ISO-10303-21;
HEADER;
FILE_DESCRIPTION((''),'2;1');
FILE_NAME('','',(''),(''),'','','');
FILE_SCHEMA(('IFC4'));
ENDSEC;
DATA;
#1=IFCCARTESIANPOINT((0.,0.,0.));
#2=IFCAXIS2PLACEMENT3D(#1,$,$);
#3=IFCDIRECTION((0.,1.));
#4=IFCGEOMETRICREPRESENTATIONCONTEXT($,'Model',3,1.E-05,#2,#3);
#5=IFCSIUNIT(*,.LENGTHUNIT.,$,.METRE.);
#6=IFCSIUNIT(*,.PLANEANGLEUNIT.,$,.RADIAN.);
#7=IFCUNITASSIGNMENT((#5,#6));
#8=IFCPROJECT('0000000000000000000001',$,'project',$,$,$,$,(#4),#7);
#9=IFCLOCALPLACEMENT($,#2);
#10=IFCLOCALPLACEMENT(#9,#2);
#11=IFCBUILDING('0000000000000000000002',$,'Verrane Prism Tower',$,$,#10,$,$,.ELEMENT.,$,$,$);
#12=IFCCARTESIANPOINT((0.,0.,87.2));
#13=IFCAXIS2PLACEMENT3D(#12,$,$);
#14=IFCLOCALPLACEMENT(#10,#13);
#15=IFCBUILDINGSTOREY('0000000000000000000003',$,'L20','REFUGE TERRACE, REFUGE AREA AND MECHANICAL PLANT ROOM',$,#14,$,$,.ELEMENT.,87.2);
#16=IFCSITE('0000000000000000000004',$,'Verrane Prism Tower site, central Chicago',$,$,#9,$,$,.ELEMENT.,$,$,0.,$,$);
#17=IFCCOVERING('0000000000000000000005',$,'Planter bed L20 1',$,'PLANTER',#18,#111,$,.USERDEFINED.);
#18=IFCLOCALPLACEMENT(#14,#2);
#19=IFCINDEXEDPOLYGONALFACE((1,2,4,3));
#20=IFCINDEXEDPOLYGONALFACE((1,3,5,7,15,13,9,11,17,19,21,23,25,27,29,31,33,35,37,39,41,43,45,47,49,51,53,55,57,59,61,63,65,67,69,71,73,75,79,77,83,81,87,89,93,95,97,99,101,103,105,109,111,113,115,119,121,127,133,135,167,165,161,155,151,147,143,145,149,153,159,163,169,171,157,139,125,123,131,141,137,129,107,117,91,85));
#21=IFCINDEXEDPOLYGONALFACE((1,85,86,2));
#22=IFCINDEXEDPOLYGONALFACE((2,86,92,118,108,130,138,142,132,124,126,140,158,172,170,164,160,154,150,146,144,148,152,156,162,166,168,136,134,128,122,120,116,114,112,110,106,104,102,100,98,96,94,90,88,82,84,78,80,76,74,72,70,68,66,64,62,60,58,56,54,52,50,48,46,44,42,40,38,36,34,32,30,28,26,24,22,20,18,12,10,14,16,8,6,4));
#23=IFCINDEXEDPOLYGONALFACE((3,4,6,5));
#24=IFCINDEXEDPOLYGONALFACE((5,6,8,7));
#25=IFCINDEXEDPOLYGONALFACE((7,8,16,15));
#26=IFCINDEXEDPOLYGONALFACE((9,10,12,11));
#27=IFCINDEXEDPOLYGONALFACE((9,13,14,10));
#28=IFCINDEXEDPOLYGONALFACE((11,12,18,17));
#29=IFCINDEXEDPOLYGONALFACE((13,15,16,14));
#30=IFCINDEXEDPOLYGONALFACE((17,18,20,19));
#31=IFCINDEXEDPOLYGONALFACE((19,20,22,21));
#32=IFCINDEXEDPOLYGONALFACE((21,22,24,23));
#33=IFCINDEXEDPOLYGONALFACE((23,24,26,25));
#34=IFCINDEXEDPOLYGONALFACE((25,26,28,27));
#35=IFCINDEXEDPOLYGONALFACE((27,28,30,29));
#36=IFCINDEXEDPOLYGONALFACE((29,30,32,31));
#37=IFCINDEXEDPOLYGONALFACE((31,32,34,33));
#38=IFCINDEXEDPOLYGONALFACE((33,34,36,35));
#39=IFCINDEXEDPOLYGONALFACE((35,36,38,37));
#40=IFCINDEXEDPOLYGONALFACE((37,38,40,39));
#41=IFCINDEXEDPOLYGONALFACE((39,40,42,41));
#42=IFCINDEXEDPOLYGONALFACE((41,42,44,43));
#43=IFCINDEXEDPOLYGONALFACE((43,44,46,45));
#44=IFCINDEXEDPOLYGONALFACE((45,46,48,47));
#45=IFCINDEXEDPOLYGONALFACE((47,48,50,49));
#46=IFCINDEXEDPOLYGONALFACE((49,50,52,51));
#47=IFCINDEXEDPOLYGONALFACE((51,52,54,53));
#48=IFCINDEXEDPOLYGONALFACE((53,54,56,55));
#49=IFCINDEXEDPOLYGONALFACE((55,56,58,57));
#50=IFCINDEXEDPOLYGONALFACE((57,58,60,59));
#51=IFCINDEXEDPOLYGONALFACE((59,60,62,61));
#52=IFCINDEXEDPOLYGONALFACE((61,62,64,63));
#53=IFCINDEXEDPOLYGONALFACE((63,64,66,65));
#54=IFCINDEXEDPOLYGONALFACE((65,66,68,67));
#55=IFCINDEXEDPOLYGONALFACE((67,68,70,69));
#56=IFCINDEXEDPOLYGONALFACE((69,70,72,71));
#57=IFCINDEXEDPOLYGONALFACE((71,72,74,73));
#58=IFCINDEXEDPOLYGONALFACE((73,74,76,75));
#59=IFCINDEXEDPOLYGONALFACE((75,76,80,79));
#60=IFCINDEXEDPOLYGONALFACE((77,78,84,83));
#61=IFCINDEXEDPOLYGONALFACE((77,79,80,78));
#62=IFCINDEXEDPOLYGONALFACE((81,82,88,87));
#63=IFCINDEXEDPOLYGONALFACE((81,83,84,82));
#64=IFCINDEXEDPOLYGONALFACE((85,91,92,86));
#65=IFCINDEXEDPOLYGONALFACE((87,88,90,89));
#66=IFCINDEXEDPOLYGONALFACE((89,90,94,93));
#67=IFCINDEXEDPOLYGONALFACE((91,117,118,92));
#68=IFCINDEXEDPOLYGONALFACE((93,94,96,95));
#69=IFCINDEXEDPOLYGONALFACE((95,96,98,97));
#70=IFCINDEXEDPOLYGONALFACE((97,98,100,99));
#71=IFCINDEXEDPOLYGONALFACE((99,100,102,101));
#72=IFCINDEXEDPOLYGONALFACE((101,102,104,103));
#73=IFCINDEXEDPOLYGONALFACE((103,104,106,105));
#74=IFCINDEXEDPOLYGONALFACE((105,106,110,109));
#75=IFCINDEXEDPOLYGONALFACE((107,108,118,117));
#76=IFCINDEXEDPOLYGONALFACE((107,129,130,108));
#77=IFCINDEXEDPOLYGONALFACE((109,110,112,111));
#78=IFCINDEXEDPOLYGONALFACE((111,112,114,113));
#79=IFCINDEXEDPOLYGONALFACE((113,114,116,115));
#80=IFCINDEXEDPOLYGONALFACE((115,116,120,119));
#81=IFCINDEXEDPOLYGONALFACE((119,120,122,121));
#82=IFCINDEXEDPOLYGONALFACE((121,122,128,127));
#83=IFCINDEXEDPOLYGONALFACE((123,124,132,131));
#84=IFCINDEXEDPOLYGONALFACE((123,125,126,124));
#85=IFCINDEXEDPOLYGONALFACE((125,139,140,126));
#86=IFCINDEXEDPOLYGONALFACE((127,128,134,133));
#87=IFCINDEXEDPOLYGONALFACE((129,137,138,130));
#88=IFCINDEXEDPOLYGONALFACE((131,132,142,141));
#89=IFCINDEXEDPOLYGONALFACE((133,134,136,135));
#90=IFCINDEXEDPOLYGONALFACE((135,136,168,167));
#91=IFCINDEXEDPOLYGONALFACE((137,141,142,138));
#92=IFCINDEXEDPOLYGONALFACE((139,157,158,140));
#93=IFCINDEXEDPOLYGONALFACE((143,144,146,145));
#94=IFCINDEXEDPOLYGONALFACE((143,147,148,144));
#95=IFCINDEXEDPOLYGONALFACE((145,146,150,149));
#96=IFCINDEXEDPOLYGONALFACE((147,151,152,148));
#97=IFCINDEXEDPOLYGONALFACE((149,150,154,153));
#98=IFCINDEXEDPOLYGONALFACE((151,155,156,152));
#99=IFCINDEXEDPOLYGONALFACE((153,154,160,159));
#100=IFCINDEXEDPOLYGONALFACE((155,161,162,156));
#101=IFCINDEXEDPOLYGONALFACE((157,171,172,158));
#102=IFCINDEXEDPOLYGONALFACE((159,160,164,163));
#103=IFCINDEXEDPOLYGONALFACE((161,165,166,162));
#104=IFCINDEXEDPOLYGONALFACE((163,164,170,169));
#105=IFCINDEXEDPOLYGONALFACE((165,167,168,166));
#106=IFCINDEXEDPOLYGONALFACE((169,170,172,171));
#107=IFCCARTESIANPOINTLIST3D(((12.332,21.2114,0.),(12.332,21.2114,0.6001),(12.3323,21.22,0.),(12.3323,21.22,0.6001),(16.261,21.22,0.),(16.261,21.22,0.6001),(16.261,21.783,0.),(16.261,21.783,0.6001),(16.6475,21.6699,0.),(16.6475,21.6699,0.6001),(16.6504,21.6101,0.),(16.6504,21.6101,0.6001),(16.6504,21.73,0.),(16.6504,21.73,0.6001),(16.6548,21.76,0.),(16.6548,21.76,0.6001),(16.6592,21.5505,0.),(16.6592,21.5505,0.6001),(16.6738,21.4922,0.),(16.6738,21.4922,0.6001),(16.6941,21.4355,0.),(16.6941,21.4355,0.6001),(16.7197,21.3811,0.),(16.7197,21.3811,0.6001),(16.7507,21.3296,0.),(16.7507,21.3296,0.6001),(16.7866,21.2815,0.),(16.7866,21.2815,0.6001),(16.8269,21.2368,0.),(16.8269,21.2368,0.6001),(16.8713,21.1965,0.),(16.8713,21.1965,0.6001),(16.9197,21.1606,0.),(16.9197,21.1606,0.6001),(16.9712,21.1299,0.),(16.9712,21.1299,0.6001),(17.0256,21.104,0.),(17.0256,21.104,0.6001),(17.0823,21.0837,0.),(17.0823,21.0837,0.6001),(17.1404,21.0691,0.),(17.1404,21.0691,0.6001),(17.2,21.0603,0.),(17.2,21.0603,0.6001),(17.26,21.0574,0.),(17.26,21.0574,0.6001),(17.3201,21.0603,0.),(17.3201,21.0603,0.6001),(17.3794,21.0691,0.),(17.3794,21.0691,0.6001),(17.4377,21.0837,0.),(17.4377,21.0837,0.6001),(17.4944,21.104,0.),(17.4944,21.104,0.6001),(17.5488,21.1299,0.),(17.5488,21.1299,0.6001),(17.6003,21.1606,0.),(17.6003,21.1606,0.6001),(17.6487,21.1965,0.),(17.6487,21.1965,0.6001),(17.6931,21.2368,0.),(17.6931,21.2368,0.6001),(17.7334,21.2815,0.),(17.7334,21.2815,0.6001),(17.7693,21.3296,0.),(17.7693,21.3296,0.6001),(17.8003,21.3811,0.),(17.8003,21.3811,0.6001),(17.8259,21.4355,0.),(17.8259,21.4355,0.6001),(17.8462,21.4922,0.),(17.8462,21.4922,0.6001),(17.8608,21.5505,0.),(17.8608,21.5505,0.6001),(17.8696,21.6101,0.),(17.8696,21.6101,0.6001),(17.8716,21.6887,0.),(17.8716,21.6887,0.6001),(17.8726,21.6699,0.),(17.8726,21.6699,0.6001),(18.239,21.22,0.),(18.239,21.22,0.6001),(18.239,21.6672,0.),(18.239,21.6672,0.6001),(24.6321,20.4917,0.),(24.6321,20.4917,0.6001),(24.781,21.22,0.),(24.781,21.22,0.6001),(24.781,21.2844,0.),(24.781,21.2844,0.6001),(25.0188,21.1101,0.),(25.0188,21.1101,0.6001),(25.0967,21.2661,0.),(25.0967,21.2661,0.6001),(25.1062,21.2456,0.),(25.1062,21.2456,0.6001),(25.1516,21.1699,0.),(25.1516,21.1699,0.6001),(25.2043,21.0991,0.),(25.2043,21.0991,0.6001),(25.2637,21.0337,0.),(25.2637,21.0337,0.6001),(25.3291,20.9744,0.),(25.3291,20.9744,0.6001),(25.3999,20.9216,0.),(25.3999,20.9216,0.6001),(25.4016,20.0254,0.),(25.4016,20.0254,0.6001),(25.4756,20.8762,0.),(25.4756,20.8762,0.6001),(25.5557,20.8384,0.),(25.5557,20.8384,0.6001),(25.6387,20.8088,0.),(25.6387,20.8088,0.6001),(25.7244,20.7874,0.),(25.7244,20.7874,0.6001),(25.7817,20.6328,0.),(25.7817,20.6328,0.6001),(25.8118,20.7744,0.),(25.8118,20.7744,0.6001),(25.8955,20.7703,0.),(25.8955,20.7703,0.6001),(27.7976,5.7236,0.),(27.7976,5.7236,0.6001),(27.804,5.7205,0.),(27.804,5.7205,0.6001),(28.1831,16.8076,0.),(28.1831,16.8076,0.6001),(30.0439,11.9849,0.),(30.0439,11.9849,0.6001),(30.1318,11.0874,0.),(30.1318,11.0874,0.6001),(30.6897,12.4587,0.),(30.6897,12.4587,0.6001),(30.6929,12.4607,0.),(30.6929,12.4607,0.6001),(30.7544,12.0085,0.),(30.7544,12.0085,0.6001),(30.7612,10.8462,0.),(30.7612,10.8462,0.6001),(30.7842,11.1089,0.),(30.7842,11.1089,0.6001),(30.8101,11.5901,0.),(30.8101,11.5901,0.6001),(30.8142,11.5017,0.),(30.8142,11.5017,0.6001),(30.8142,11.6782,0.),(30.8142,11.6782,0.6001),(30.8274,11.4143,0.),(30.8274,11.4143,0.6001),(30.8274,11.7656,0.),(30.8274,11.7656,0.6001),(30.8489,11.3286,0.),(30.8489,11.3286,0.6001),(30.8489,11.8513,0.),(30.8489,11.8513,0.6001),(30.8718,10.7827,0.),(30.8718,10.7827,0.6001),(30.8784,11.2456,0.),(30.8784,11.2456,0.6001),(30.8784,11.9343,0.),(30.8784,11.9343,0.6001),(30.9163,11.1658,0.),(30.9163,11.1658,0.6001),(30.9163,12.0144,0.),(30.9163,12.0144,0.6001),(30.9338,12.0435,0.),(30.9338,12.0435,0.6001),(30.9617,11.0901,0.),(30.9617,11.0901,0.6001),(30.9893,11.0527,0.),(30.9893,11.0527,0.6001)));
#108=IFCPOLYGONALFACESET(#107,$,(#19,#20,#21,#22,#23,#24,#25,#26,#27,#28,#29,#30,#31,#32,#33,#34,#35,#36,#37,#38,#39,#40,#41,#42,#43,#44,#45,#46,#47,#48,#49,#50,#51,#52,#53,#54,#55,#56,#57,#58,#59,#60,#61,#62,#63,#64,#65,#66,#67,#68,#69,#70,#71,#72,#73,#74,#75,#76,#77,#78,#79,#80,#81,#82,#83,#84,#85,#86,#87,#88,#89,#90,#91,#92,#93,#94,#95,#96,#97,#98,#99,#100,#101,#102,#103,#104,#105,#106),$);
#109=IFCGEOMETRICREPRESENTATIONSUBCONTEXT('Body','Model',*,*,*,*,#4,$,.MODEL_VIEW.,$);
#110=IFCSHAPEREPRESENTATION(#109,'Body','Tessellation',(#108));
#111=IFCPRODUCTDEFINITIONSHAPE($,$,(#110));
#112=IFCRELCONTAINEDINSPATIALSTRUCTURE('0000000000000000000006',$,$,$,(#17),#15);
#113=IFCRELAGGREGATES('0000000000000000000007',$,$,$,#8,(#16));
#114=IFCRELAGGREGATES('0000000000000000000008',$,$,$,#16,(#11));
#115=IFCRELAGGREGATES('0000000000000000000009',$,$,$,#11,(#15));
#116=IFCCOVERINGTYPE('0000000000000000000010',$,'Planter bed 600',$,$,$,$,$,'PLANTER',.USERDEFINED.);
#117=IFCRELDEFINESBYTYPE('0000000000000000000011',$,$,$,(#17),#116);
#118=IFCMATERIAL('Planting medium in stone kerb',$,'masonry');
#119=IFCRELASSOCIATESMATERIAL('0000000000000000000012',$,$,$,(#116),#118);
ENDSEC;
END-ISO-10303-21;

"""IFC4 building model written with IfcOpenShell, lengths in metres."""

from ifc_helpers import new_model, si_unit, direction, frame, origin, place, context, subcontext, project, spatial, polyline, outline, extrude, material, type_object, element, save


model = new_model("IFC4")

# Units and contexts
model_context = context("Model", 3, precision=1e-05, world=origin(), true_north=direction((0.0, 1.0)))
body_context = subcontext(model_context, "Body", "Model", "MODEL_VIEW")
ifc_project = project(units=[si_unit("LENGTHUNIT", "METRE"), si_unit("PLANEANGLEUNIT", "RADIAN")], contexts=[model_context])

# Site, building, storey
site_placement = place(None, origin())
site = spatial("IfcSite", under=ifc_project, at=site_placement, Name="Verrane Prism Tower site, central Chicago", CompositionType="ELEMENT", RefElevation=0.0)
building_placement = place(site_placement, origin())
building = spatial("IfcBuilding", under=site, at=building_placement, Name="Verrane Prism Tower", CompositionType="ELEMENT")
storey_placement = place(building_placement, frame((0.0, 0.0, 87.2)))
storey = spatial("IfcBuildingStorey", under=building, at=storey_placement, Name="L20", Description="REFUGE TERRACE, REFUGE AREA AND MECHANICAL PLANT ROOM", CompositionType="ELEMENT", Elevation=87.2)

# Covering
ifc_material_1 = material(Name="Planting medium in stone kerb", Category="masonry")
covering_type_1 = type_object("IfcCoveringType", Name="Planter bed 600", ElementType="PLANTER", PredefinedType="USERDEFINED", material=ifc_material_1)
covering_1_placement = place(storey_placement, origin())
element("IfcCovering", 1, at=covering_1_placement, inside=storey, type_object=covering_type_1, Name="Planter bed L20 1", ObjectType="PLANTER", PredefinedType="USERDEFINED", context=body_context, shape_type="SweptSolid", body=[
    extrude(outline(polyline([(16.261, 21.783), (16.261, 21.22), (12.3323, 21.22), (12.332, 21.2114), (24.6321, 20.4917), (25.0188, 21.1101), (25.7817, 20.6328), (25.4016, 20.0254), (30.0439, 11.9849), (30.7544, 12.0085), (30.7842, 11.1089), (30.1318, 11.0874), (27.7976, 5.7236), (27.804, 5.7205), (30.7612, 10.8462), (30.8718, 10.7827), (30.9893, 11.0527), (30.9617, 11.0901), (30.9163, 11.1658), (30.8784, 11.2456), (30.8489, 11.3286), (30.8274, 11.4143), (30.8142, 11.5017), (30.8101, 11.5901), (30.8142, 11.6782), (30.8274, 11.7656), (30.8489, 11.8513), (30.8784, 11.9343), (30.9163, 12.0144), (30.9338, 12.0435), (30.6929, 12.4607), (30.6897, 12.4587), (28.1831, 16.8076), (25.8955, 20.7703), (25.8118, 20.7744), (25.7244, 20.7874), (25.6387, 20.8088), (25.5557, 20.8384), (25.4756, 20.8762), (25.3999, 20.9216), (25.3291, 20.9744), (25.2637, 21.0337), (25.2043, 21.0991), (25.1516, 21.1699), (25.1062, 21.2456), (25.0967, 21.2661), (24.781, 21.2844), (24.781, 21.22), (18.239, 21.22), (18.239, 21.6672), (17.8716, 21.6887), (17.8726, 21.6699), (17.8696, 21.6101), (17.8608, 21.5505), (17.8462, 21.4922), (17.8259, 21.4355), (17.8003, 21.3811), (17.7693, 21.3296), (17.7334, 21.2815), (17.6931, 21.2368), (17.6487, 21.1965), (17.6003, 21.1606), (17.5488, 21.1299), (17.4944, 21.104), (17.4377, 21.0837), (17.3794, 21.0691), (17.3201, 21.0603), (17.26, 21.0574), (17.2, 21.0603), (17.1404, 21.0691), (17.0823, 21.0837), (17.0256, 21.104), (16.9712, 21.1299), (16.9197, 21.1606), (16.8713, 21.1965), (16.8269, 21.2368), (16.7866, 21.2815), (16.7507, 21.3296), (16.7197, 21.3811), (16.6941, 21.4355), (16.6738, 21.4922), (16.6592, 21.5505), (16.6504, 21.6101), (16.6475, 21.6699), (16.6504, 21.73), (16.6548, 21.76), (16.261, 21.783)])), origin(), (0.0, 0.0, 1.0), 0.6001),
])

save(model, "model.ifc")
